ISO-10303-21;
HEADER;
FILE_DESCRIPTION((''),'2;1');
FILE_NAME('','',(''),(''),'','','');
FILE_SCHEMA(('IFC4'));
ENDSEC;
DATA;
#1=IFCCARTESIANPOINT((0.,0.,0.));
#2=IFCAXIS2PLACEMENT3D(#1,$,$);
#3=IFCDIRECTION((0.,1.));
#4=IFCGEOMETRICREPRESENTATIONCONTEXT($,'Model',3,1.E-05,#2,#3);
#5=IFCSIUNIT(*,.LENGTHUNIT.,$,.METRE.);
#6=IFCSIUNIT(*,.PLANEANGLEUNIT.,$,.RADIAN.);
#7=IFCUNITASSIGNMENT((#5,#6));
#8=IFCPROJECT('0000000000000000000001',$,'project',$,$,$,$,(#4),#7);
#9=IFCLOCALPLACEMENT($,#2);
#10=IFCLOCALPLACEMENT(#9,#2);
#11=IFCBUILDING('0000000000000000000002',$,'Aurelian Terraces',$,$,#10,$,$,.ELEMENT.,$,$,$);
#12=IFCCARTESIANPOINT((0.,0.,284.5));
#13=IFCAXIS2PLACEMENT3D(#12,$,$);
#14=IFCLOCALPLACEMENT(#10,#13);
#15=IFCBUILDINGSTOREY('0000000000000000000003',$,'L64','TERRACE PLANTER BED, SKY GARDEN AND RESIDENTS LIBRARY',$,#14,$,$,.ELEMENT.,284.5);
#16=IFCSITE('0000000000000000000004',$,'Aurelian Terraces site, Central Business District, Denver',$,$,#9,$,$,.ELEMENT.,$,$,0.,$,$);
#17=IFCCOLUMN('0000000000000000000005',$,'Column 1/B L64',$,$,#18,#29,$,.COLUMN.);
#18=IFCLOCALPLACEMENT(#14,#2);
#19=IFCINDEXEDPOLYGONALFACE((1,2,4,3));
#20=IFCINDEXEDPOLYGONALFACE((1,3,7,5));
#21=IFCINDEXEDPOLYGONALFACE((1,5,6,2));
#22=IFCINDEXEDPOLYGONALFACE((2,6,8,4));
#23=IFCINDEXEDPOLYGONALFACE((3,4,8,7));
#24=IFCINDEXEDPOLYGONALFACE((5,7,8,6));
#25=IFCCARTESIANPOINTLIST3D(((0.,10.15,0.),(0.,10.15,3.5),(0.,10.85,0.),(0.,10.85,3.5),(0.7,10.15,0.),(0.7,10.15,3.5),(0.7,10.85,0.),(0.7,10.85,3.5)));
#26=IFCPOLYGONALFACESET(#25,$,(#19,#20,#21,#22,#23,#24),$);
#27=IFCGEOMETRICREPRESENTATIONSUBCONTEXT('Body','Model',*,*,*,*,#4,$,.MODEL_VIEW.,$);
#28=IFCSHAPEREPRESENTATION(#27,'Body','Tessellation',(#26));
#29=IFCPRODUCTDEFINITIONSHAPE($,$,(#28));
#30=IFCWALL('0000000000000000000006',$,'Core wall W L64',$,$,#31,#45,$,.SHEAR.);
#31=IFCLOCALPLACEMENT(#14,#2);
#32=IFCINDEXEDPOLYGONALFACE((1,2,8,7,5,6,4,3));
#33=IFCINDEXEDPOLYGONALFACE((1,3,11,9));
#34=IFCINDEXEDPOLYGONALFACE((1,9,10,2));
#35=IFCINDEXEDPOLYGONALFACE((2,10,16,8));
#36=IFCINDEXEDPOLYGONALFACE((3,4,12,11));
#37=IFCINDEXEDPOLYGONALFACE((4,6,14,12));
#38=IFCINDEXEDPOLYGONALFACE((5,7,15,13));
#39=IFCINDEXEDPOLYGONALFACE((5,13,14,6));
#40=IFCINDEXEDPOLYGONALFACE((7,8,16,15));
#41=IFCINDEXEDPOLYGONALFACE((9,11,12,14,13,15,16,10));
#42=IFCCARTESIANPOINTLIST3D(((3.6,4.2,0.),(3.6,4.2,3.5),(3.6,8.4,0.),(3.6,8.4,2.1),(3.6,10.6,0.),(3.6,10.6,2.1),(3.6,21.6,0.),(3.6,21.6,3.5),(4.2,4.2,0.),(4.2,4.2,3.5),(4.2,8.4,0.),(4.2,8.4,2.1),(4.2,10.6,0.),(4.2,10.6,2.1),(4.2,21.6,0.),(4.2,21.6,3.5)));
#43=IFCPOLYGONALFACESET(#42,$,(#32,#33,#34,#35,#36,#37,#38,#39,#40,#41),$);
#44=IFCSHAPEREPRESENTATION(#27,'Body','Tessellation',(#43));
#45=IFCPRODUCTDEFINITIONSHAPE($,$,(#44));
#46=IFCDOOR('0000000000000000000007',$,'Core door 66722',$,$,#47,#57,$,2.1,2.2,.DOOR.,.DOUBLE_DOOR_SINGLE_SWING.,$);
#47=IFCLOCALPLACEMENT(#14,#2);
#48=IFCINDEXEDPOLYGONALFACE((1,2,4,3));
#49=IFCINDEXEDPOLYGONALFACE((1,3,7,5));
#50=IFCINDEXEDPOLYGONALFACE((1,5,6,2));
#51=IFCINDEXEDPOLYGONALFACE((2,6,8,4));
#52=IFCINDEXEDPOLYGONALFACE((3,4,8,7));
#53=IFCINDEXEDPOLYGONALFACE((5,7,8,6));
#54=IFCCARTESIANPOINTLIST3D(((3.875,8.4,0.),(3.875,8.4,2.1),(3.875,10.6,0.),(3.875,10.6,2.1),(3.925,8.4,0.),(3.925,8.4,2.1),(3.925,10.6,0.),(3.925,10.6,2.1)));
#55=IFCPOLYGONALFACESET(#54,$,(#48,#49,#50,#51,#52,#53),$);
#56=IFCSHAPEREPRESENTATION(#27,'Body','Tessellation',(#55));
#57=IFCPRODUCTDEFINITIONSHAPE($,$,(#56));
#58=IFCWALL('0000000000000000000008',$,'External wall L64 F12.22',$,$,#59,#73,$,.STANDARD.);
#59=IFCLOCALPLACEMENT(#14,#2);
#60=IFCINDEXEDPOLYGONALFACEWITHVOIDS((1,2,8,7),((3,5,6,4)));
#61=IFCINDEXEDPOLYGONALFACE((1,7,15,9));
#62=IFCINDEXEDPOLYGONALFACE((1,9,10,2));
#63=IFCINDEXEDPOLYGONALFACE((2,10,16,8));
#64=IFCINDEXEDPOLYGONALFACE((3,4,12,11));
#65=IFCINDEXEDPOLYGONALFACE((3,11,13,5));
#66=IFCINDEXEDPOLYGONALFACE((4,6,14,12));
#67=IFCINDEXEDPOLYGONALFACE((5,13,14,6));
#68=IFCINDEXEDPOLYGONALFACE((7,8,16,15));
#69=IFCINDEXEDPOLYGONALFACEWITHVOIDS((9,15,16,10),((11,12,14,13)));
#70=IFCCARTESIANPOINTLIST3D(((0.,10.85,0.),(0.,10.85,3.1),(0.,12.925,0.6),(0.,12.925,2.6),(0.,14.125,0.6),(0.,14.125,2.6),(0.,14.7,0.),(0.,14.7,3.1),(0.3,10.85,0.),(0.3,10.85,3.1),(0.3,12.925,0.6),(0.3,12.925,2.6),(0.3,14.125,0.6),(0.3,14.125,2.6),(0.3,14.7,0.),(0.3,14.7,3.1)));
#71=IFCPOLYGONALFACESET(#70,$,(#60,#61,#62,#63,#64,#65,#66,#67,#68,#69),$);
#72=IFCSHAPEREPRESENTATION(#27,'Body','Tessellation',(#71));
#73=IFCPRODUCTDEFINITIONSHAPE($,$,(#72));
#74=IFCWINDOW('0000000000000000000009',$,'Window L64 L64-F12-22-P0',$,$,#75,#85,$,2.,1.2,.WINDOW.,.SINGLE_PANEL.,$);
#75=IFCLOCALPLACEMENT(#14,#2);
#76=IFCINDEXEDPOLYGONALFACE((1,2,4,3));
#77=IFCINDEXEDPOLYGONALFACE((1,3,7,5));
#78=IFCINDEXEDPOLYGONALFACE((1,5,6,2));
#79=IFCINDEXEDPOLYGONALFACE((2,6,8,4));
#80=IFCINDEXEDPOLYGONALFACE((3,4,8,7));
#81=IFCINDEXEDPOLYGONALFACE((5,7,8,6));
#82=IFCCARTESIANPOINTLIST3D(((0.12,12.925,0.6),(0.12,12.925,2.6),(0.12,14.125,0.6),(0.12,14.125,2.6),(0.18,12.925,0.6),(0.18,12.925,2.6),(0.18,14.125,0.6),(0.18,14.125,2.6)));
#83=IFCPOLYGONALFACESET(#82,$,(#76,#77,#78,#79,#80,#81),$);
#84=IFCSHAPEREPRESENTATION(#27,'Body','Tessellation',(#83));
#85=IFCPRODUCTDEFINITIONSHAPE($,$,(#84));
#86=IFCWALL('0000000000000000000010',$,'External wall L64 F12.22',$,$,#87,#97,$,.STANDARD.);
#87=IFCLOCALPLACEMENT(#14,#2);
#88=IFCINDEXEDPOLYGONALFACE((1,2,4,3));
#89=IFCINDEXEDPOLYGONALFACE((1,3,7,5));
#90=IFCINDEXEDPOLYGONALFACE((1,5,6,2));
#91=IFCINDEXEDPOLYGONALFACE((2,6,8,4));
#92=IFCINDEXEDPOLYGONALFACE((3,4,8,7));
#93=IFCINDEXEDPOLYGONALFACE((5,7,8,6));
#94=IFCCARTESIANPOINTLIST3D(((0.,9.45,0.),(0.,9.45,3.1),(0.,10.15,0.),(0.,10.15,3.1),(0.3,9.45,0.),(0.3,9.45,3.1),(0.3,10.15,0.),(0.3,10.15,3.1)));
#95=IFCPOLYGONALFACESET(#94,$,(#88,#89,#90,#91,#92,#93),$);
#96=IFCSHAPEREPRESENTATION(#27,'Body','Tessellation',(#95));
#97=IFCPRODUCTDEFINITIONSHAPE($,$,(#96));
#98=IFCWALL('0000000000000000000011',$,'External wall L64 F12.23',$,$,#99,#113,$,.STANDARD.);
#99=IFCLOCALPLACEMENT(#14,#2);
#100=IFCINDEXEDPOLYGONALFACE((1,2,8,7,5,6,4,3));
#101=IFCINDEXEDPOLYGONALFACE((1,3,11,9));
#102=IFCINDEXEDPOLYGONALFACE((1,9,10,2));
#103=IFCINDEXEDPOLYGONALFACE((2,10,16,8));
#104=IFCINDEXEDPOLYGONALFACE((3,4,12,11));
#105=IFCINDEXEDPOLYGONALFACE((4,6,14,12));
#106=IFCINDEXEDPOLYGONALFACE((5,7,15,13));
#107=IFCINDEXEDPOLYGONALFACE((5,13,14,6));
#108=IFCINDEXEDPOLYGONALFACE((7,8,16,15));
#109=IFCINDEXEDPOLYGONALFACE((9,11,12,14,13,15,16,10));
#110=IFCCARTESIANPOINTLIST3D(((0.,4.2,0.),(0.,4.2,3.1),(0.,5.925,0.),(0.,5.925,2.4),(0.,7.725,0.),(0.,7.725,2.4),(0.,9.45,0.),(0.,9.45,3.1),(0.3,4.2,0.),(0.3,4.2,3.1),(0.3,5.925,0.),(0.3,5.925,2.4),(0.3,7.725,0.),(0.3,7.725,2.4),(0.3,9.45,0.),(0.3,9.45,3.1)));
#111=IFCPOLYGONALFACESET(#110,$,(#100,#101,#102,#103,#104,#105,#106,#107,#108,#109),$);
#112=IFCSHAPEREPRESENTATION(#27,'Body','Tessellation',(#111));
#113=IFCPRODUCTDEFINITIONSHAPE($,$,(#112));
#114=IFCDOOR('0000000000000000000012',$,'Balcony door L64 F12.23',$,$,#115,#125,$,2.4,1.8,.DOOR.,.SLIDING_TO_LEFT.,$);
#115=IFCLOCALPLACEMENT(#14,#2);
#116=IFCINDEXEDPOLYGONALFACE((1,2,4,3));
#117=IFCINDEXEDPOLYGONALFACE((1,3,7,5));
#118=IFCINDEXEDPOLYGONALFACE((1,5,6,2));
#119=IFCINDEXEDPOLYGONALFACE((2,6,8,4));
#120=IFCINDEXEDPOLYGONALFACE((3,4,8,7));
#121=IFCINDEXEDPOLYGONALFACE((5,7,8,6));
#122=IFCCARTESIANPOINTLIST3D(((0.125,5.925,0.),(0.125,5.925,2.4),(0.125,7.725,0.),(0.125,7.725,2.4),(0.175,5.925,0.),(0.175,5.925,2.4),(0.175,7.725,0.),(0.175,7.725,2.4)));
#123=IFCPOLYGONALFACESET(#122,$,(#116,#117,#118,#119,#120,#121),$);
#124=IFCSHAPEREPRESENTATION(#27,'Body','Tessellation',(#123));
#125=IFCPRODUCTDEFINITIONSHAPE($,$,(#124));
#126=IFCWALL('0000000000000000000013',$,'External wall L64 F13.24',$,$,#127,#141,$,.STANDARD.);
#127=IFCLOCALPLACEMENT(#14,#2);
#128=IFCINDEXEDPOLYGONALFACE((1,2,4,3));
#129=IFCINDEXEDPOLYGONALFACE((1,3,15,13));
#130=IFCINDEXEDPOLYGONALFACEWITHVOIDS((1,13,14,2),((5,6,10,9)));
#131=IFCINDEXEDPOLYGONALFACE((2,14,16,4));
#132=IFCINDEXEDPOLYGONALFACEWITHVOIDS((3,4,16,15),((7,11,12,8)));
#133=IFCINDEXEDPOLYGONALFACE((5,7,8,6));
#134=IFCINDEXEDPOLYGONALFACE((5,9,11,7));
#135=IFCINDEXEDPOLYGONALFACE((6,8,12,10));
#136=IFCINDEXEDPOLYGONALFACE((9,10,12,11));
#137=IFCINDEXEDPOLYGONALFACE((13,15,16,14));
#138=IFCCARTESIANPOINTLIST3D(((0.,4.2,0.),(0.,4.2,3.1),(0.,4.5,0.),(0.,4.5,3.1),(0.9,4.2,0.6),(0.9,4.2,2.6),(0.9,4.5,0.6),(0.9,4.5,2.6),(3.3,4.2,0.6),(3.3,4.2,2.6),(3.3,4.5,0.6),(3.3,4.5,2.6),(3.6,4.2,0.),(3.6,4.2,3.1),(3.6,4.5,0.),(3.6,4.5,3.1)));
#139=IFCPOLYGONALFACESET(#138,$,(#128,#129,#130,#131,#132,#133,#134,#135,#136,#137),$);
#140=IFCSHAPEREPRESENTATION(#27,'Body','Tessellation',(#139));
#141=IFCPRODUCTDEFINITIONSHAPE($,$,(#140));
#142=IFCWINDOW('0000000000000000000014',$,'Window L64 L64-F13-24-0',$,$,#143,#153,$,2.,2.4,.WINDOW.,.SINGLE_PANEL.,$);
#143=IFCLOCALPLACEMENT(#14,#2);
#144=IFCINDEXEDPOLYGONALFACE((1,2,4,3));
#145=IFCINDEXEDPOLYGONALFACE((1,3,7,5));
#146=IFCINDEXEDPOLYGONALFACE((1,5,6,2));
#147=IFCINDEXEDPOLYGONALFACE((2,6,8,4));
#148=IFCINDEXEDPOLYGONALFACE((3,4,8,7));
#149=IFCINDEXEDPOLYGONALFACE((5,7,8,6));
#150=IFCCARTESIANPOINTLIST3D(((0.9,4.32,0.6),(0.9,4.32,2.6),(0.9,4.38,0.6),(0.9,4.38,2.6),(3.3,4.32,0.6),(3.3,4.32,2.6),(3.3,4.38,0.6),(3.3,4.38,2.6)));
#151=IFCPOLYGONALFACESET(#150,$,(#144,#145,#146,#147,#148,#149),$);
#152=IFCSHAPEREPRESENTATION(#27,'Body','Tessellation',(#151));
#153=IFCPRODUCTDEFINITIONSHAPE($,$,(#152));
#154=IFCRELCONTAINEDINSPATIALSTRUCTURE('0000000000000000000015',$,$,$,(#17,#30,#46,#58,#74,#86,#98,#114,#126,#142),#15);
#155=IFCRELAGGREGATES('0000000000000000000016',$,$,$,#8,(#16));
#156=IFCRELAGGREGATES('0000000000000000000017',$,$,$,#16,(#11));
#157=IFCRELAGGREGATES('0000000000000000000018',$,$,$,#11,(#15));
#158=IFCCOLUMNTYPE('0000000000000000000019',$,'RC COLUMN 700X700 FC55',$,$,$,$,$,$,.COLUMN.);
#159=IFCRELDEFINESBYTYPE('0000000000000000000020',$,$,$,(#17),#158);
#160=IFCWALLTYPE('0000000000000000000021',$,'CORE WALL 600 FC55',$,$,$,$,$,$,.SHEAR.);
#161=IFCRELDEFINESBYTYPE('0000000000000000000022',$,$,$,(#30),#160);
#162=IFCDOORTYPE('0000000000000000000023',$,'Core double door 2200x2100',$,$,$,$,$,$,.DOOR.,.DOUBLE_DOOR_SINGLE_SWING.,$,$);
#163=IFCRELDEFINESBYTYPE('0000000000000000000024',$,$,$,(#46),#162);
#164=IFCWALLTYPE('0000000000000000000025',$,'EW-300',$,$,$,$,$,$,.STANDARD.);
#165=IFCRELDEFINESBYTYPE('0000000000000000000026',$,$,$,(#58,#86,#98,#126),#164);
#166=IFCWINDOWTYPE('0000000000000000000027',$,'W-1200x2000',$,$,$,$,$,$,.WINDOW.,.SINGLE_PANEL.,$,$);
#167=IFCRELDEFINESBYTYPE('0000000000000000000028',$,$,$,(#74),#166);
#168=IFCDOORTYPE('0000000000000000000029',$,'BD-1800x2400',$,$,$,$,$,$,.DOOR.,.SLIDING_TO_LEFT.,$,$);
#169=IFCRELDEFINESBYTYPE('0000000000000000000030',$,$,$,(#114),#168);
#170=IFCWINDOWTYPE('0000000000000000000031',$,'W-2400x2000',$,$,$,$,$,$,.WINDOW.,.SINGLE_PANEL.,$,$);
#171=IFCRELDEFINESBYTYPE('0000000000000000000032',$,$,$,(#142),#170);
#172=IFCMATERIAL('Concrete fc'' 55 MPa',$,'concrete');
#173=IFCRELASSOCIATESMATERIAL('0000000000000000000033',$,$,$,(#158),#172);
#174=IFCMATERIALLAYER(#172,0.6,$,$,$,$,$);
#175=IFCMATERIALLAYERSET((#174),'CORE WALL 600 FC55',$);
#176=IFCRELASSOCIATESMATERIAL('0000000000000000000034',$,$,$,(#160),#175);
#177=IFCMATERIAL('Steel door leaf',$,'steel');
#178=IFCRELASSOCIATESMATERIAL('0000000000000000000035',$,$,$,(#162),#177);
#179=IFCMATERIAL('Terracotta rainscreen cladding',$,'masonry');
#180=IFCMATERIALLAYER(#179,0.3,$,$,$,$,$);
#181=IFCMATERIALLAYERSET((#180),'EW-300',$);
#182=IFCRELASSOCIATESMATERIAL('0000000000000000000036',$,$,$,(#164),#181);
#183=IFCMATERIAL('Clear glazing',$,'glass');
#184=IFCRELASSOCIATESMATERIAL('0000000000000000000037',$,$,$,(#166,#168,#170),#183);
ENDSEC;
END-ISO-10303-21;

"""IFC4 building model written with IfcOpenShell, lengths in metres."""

from ifc_helpers import new_model, si_unit, direction, frame, frame_2d, origin, origin_2d, place, context, subcontext, project, spatial, rectangle, extrude, source, transform, mapped, material, layer, layer_set, material_profile, profile_set, type_object, element, fill, save


model = new_model("IFC4")

# Units and contexts
model_context = context("Model", 3, precision=1e-05, world=origin(), true_north=direction((0.0, 1.0)))
body_context = subcontext(model_context, "Body", "Model", "MODEL_VIEW")
ifc_project = project(units=[si_unit("LENGTHUNIT", "METRE"), si_unit("PLANEANGLEUNIT", "RADIAN")], contexts=[model_context])

# Site, building, storey
site_placement = place(None, origin())
site = spatial("IfcSite", under=ifc_project, at=site_placement, Name="Aurelian Terraces site, Central Business District, Denver", CompositionType="ELEMENT", RefElevation=0.0)
building_placement = place(site_placement, origin())
building = spatial("IfcBuilding", under=site, at=building_placement, Name="Aurelian Terraces", CompositionType="ELEMENT")
storey_placement = place(building_placement, frame((0.0, 0.0, 284.5)))
storey = spatial("IfcBuildingStorey", under=building, at=storey_placement, Name="L64", Description="TERRACE PLANTER BED, SKY GARDEN AND RESIDENTS LIBRARY", CompositionType="ELEMENT", Elevation=284.5)

# Column
ifc_material_1 = material(Name="Concrete fc' 55 MPa", Category="concrete")
ifc_material_profile = material_profile(ifc_material_1, rectangle(XDim=0.7, YDim=0.7, at=origin_2d()))
ifc_profile_set = profile_set([ifc_material_profile], Name="Concrete fc' 55 MPa")
column_type = type_object("IfcColumnType", Name="RC COLUMN 700X700 FC55", PredefinedType="COLUMN", material=ifc_profile_set)
shared_shape_1 = source(origin(), body_context, "Body", "SweptSolid", [
    extrude(rectangle(XDim=0.7, YDim=0.7, at=origin_2d()), origin(), (0.0, 0.0, 1.0), 3.5),
])
column_placement = place(storey_placement, frame((0.35, 10.5, 0.0), z_axis=(0.0, 0.0, 1.0), x_axis=(1.0, 0.0, 0.0)))
element("IfcColumn", 1, at=column_placement, inside=storey, type_object=column_type, Name="Column 1/B L64", PredefinedType="COLUMN", context=body_context, shape_type="MappedRepresentation", body=[
    mapped(shared_shape_1, transform((0.0, 0.0, 0.0), scale=1.0)),
])

# Wall, opening, door
ifc_layer_1 = layer(ifc_material_1, 0.6)
ifc_layer_set_1 = layer_set([ifc_layer_1], Name="CORE WALL 600 FC55")
wall_type_1 = type_object("IfcWallType", Name="CORE WALL 600 FC55", PredefinedType="SHEAR", material=ifc_layer_set_1)
wall_1_placement = place(storey_placement, frame((3.9, 4.2, 0.0), z_axis=(0.0, 0.0, 1.0), x_axis=(0.0, 1.0, 0.0)))
wall_1 = element("IfcWall", 2, at=wall_1_placement, inside=storey, type_object=wall_type_1, Name="Core wall W L64", PredefinedType="SHEAR", context=body_context, shape_type="SweptSolid", body=[
    extrude(rectangle(XDim=17.4, YDim=0.6, at=frame_2d((8.7, 0.0))), origin(), (0.0, 0.0, 1.0), 3.5),
])
shared_shape_2 = source(origin(), body_context, "Body", "SweptSolid", [
    extrude(rectangle(XDim=2.2, YDim=2.1, at=frame_2d((1.1, 1.05))), frame((0.0, 0.31, 0.0), z_axis=(0.0, -1.0, 0.0), x_axis=(1.0, 0.0, 0.0)), (0.0, 0.0, 1.0), 0.62),
])
opening_1_placement = place(wall_1_placement, frame((4.2, 0.0, 0.0)))
opening_1 = element("IfcOpeningElement", 3, at=opening_1_placement, cuts=wall_1, PredefinedType="OPENING", context=body_context, shape_type="MappedRepresentation", body=[
    mapped(shared_shape_2, transform((0.0, 0.0, 0.0), scale=1.0)),
])
ifc_material_2 = material(Name="Steel door leaf", Category="steel")
door_type_1 = type_object("IfcDoorType", Name="Core double door 2200x2100", OperationType="DOUBLE_DOOR_SINGLE_SWING", PredefinedType="DOOR", material=ifc_material_2)
shared_shape_3 = source(origin(), body_context, "Body", "SweptSolid", [
    extrude(rectangle(XDim=2.2, YDim=2.1, at=frame_2d((1.1, 1.05))), frame((0.0, 0.025, 0.0), z_axis=(0.0, -1.0, 0.0), x_axis=(1.0, 0.0, 0.0)), (0.0, 0.0, 1.0), 0.05),
])
door_1_placement = place(opening_1_placement, origin())
door_1 = element("IfcDoor", 4, at=door_1_placement, inside=storey, type_object=door_type_1, Name="Core door 66722", OperationType="DOUBLE_DOOR_SINGLE_SWING", OverallHeight=2.1, OverallWidth=2.2, PredefinedType="DOOR", context=body_context, shape_type="MappedRepresentation", body=[
    mapped(shared_shape_3, transform((0.0, 0.0, 0.0), scale=1.0)),
])
fill(opening_1, door_1)

# Wall, opening, window
ifc_material_3 = material(Name="Terracotta rainscreen cladding", Category="masonry")
ifc_layer_2 = layer(ifc_material_3, 0.3)
ifc_layer_set_2 = layer_set([ifc_layer_2], Name="EW-300")
wall_type_2 = type_object("IfcWallType", Name="EW-300", PredefinedType="STANDARD", material=ifc_layer_set_2)
wall_2_placement = place(storey_placement, frame((0.15, 14.7, 0.0), z_axis=(0.0, 0.0, 1.0), x_axis=(0.0, -1.0, 0.0)))
wall_2 = element("IfcWall", 5, at=wall_2_placement, inside=storey, type_object=wall_type_2, Name="External wall L64 F12.22", PredefinedType="STANDARD", context=body_context, shape_type="SweptSolid", body=[
    extrude(rectangle(XDim=3.85, YDim=0.3, at=frame_2d((1.925, 0.0))), origin(), (0.0, 0.0, 1.0), 3.1),
])
shared_shape_4 = source(origin(), body_context, "Body", "SweptSolid", [
    extrude(rectangle(XDim=1.2, YDim=2.0, at=frame_2d((0.6, 1.0))), frame((0.0, 0.16, 0.0), z_axis=(0.0, -1.0, 0.0), x_axis=(1.0, 0.0, 0.0)), (0.0, 0.0, 1.0), 0.32),
])
opening_2_placement = place(wall_2_placement, frame((0.575, 0.0, 0.6)))
opening_2 = element("IfcOpeningElement", 6, at=opening_2_placement, cuts=wall_2, PredefinedType="OPENING", context=body_context, shape_type="MappedRepresentation", body=[
    mapped(shared_shape_4, transform((0.0, 0.0, 0.0), scale=1.0)),
])
ifc_material_4 = material(Name="Clear glazing", Category="glass")
window_type_1 = type_object("IfcWindowType", Name="W-1200x2000", PartitioningType="SINGLE_PANEL", PredefinedType="WINDOW", material=ifc_material_4)
shared_shape_5 = source(origin(), body_context, "Body", "SweptSolid", [
    extrude(rectangle(XDim=1.2, YDim=2.0, at=frame_2d((0.6, 1.0))), frame((0.0, 0.03, 0.0), z_axis=(0.0, -1.0, 0.0), x_axis=(1.0, 0.0, 0.0)), (0.0, 0.0, 1.0), 0.06),
])
window_1_placement = place(opening_2_placement, origin())
window_1 = element("IfcWindow", 7, at=window_1_placement, inside=storey, type_object=window_type_1, Name="Window L64 L64-F12-22-P0", OverallHeight=2.0, OverallWidth=1.2, PartitioningType="SINGLE_PANEL", PredefinedType="WINDOW", context=body_context, shape_type="MappedRepresentation", body=[
    mapped(shared_shape_5, transform((0.0, 0.0, 0.0), scale=1.0)),
])
fill(opening_2, window_1)

# Wall
wall_3_placement = place(storey_placement, frame((0.15, 10.15, 0.0), z_axis=(0.0, 0.0, 1.0), x_axis=(0.0, -1.0, 0.0)))
element("IfcWall", 8, at=wall_3_placement, inside=storey, type_object=wall_type_2, Name="External wall L64 F12.22", PredefinedType="STANDARD", context=body_context, shape_type="SweptSolid", body=[
    extrude(rectangle(XDim=0.7, YDim=0.3, at=frame_2d((0.35, 0.0))), origin(), (0.0, 0.0, 1.0), 3.1),
])

# Wall, opening, door
wall_4_placement = place(storey_placement, frame((0.15, 9.45, 0.0), z_axis=(0.0, 0.0, 1.0), x_axis=(0.0, -1.0, 0.0)))
wall_4 = element("IfcWall", 9, at=wall_4_placement, inside=storey, type_object=wall_type_2, Name="External wall L64 F12.23", PredefinedType="STANDARD", context=body_context, shape_type="SweptSolid", body=[
    extrude(rectangle(XDim=5.25, YDim=0.3, at=frame_2d((2.625, 0.0))), origin(), (0.0, 0.0, 1.0), 3.1),
])
shared_shape_6 = source(origin(), body_context, "Body", "SweptSolid", [
    extrude(rectangle(XDim=1.8, YDim=2.4, at=frame_2d((0.9, 1.2))), frame((0.0, 0.16, 0.0), z_axis=(0.0, -1.0, 0.0), x_axis=(1.0, 0.0, 0.0)), (0.0, 0.0, 1.0), 0.32),
])
opening_3_placement = place(wall_4_placement, frame((1.725, 0.0, 0.0)))
opening_3 = element("IfcOpeningElement", 10, at=opening_3_placement, cuts=wall_4, PredefinedType="OPENING", context=body_context, shape_type="MappedRepresentation", body=[
    mapped(shared_shape_6, transform((0.0, 0.0, 0.0), scale=1.0)),
])
door_type_2 = type_object("IfcDoorType", Name="BD-1800x2400", OperationType="SLIDING_TO_LEFT", PredefinedType="DOOR", material=ifc_material_4)
shared_shape_7 = source(origin(), body_context, "Body", "SweptSolid", [
    extrude(rectangle(XDim=1.8, YDim=2.4, at=frame_2d((0.9, 1.2))), frame((0.0, 0.025, 0.0), z_axis=(0.0, -1.0, 0.0), x_axis=(1.0, 0.0, 0.0)), (0.0, 0.0, 1.0), 0.05),
])
door_2_placement = place(opening_3_placement, origin())
door_2 = element("IfcDoor", 11, at=door_2_placement, inside=storey, type_object=door_type_2, Name="Balcony door L64 F12.23", OperationType="SLIDING_TO_LEFT", OverallHeight=2.4, OverallWidth=1.8, PredefinedType="DOOR", context=body_context, shape_type="MappedRepresentation", body=[
    mapped(shared_shape_7, transform((0.0, 0.0, 0.0), scale=1.0)),
])
fill(opening_3, door_2)

# Wall, opening, window
wall_5_placement = place(storey_placement, frame((0.0, 4.35, 0.0), z_axis=(0.0, 0.0, 1.0), x_axis=(1.0, 0.0, 0.0)))
wall_5 = element("IfcWall", 12, at=wall_5_placement, inside=storey, type_object=wall_type_2, Name="External wall L64 F13.24", PredefinedType="STANDARD", context=body_context, shape_type="SweptSolid", body=[
    extrude(rectangle(XDim=3.6, YDim=0.3, at=frame_2d((1.8, 0.0))), origin(), (0.0, 0.0, 1.0), 3.1),
])
shared_shape_8 = source(origin(), body_context, "Body", "SweptSolid", [
    extrude(rectangle(XDim=2.4, YDim=2.0, at=frame_2d((1.2, 1.0))), frame((0.0, 0.16, 0.0), z_axis=(0.0, -1.0, 0.0), x_axis=(1.0, 0.0, 0.0)), (0.0, 0.0, 1.0), 0.32),
])
opening_4_placement = place(wall_5_placement, frame((0.9, 0.0, 0.6)))
opening_4 = element("IfcOpeningElement", 13, at=opening_4_placement, cuts=wall_5, PredefinedType="OPENING", context=body_context, shape_type="MappedRepresentation", body=[
    mapped(shared_shape_8, transform((0.0, 0.0, 0.0), scale=1.0)),
])
window_type_2 = type_object("IfcWindowType", Name="W-2400x2000", PartitioningType="SINGLE_PANEL", PredefinedType="WINDOW", material=ifc_material_4)
shared_shape_9 = source(origin(), body_context, "Body", "SweptSolid", [
    extrude(rectangle(XDim=2.4, YDim=2.0, at=frame_2d((1.2, 1.0))), frame((0.0, 0.03, 0.0), z_axis=(0.0, -1.0, 0.0), x_axis=(1.0, 0.0, 0.0)), (0.0, 0.0, 1.0), 0.06),
])
window_2_placement = place(opening_4_placement, origin())
window_2 = element("IfcWindow", 14, at=window_2_placement, inside=storey, type_object=window_type_2, Name="Window L64 L64-F13-24-0", OverallHeight=2.0, OverallWidth=2.4, PartitioningType="SINGLE_PANEL", PredefinedType="WINDOW", context=body_context, shape_type="MappedRepresentation", body=[
    mapped(shared_shape_9, transform((0.0, 0.0, 0.0), scale=1.0)),
])
fill(opening_4, window_2)

save(model, "model.ifc")
